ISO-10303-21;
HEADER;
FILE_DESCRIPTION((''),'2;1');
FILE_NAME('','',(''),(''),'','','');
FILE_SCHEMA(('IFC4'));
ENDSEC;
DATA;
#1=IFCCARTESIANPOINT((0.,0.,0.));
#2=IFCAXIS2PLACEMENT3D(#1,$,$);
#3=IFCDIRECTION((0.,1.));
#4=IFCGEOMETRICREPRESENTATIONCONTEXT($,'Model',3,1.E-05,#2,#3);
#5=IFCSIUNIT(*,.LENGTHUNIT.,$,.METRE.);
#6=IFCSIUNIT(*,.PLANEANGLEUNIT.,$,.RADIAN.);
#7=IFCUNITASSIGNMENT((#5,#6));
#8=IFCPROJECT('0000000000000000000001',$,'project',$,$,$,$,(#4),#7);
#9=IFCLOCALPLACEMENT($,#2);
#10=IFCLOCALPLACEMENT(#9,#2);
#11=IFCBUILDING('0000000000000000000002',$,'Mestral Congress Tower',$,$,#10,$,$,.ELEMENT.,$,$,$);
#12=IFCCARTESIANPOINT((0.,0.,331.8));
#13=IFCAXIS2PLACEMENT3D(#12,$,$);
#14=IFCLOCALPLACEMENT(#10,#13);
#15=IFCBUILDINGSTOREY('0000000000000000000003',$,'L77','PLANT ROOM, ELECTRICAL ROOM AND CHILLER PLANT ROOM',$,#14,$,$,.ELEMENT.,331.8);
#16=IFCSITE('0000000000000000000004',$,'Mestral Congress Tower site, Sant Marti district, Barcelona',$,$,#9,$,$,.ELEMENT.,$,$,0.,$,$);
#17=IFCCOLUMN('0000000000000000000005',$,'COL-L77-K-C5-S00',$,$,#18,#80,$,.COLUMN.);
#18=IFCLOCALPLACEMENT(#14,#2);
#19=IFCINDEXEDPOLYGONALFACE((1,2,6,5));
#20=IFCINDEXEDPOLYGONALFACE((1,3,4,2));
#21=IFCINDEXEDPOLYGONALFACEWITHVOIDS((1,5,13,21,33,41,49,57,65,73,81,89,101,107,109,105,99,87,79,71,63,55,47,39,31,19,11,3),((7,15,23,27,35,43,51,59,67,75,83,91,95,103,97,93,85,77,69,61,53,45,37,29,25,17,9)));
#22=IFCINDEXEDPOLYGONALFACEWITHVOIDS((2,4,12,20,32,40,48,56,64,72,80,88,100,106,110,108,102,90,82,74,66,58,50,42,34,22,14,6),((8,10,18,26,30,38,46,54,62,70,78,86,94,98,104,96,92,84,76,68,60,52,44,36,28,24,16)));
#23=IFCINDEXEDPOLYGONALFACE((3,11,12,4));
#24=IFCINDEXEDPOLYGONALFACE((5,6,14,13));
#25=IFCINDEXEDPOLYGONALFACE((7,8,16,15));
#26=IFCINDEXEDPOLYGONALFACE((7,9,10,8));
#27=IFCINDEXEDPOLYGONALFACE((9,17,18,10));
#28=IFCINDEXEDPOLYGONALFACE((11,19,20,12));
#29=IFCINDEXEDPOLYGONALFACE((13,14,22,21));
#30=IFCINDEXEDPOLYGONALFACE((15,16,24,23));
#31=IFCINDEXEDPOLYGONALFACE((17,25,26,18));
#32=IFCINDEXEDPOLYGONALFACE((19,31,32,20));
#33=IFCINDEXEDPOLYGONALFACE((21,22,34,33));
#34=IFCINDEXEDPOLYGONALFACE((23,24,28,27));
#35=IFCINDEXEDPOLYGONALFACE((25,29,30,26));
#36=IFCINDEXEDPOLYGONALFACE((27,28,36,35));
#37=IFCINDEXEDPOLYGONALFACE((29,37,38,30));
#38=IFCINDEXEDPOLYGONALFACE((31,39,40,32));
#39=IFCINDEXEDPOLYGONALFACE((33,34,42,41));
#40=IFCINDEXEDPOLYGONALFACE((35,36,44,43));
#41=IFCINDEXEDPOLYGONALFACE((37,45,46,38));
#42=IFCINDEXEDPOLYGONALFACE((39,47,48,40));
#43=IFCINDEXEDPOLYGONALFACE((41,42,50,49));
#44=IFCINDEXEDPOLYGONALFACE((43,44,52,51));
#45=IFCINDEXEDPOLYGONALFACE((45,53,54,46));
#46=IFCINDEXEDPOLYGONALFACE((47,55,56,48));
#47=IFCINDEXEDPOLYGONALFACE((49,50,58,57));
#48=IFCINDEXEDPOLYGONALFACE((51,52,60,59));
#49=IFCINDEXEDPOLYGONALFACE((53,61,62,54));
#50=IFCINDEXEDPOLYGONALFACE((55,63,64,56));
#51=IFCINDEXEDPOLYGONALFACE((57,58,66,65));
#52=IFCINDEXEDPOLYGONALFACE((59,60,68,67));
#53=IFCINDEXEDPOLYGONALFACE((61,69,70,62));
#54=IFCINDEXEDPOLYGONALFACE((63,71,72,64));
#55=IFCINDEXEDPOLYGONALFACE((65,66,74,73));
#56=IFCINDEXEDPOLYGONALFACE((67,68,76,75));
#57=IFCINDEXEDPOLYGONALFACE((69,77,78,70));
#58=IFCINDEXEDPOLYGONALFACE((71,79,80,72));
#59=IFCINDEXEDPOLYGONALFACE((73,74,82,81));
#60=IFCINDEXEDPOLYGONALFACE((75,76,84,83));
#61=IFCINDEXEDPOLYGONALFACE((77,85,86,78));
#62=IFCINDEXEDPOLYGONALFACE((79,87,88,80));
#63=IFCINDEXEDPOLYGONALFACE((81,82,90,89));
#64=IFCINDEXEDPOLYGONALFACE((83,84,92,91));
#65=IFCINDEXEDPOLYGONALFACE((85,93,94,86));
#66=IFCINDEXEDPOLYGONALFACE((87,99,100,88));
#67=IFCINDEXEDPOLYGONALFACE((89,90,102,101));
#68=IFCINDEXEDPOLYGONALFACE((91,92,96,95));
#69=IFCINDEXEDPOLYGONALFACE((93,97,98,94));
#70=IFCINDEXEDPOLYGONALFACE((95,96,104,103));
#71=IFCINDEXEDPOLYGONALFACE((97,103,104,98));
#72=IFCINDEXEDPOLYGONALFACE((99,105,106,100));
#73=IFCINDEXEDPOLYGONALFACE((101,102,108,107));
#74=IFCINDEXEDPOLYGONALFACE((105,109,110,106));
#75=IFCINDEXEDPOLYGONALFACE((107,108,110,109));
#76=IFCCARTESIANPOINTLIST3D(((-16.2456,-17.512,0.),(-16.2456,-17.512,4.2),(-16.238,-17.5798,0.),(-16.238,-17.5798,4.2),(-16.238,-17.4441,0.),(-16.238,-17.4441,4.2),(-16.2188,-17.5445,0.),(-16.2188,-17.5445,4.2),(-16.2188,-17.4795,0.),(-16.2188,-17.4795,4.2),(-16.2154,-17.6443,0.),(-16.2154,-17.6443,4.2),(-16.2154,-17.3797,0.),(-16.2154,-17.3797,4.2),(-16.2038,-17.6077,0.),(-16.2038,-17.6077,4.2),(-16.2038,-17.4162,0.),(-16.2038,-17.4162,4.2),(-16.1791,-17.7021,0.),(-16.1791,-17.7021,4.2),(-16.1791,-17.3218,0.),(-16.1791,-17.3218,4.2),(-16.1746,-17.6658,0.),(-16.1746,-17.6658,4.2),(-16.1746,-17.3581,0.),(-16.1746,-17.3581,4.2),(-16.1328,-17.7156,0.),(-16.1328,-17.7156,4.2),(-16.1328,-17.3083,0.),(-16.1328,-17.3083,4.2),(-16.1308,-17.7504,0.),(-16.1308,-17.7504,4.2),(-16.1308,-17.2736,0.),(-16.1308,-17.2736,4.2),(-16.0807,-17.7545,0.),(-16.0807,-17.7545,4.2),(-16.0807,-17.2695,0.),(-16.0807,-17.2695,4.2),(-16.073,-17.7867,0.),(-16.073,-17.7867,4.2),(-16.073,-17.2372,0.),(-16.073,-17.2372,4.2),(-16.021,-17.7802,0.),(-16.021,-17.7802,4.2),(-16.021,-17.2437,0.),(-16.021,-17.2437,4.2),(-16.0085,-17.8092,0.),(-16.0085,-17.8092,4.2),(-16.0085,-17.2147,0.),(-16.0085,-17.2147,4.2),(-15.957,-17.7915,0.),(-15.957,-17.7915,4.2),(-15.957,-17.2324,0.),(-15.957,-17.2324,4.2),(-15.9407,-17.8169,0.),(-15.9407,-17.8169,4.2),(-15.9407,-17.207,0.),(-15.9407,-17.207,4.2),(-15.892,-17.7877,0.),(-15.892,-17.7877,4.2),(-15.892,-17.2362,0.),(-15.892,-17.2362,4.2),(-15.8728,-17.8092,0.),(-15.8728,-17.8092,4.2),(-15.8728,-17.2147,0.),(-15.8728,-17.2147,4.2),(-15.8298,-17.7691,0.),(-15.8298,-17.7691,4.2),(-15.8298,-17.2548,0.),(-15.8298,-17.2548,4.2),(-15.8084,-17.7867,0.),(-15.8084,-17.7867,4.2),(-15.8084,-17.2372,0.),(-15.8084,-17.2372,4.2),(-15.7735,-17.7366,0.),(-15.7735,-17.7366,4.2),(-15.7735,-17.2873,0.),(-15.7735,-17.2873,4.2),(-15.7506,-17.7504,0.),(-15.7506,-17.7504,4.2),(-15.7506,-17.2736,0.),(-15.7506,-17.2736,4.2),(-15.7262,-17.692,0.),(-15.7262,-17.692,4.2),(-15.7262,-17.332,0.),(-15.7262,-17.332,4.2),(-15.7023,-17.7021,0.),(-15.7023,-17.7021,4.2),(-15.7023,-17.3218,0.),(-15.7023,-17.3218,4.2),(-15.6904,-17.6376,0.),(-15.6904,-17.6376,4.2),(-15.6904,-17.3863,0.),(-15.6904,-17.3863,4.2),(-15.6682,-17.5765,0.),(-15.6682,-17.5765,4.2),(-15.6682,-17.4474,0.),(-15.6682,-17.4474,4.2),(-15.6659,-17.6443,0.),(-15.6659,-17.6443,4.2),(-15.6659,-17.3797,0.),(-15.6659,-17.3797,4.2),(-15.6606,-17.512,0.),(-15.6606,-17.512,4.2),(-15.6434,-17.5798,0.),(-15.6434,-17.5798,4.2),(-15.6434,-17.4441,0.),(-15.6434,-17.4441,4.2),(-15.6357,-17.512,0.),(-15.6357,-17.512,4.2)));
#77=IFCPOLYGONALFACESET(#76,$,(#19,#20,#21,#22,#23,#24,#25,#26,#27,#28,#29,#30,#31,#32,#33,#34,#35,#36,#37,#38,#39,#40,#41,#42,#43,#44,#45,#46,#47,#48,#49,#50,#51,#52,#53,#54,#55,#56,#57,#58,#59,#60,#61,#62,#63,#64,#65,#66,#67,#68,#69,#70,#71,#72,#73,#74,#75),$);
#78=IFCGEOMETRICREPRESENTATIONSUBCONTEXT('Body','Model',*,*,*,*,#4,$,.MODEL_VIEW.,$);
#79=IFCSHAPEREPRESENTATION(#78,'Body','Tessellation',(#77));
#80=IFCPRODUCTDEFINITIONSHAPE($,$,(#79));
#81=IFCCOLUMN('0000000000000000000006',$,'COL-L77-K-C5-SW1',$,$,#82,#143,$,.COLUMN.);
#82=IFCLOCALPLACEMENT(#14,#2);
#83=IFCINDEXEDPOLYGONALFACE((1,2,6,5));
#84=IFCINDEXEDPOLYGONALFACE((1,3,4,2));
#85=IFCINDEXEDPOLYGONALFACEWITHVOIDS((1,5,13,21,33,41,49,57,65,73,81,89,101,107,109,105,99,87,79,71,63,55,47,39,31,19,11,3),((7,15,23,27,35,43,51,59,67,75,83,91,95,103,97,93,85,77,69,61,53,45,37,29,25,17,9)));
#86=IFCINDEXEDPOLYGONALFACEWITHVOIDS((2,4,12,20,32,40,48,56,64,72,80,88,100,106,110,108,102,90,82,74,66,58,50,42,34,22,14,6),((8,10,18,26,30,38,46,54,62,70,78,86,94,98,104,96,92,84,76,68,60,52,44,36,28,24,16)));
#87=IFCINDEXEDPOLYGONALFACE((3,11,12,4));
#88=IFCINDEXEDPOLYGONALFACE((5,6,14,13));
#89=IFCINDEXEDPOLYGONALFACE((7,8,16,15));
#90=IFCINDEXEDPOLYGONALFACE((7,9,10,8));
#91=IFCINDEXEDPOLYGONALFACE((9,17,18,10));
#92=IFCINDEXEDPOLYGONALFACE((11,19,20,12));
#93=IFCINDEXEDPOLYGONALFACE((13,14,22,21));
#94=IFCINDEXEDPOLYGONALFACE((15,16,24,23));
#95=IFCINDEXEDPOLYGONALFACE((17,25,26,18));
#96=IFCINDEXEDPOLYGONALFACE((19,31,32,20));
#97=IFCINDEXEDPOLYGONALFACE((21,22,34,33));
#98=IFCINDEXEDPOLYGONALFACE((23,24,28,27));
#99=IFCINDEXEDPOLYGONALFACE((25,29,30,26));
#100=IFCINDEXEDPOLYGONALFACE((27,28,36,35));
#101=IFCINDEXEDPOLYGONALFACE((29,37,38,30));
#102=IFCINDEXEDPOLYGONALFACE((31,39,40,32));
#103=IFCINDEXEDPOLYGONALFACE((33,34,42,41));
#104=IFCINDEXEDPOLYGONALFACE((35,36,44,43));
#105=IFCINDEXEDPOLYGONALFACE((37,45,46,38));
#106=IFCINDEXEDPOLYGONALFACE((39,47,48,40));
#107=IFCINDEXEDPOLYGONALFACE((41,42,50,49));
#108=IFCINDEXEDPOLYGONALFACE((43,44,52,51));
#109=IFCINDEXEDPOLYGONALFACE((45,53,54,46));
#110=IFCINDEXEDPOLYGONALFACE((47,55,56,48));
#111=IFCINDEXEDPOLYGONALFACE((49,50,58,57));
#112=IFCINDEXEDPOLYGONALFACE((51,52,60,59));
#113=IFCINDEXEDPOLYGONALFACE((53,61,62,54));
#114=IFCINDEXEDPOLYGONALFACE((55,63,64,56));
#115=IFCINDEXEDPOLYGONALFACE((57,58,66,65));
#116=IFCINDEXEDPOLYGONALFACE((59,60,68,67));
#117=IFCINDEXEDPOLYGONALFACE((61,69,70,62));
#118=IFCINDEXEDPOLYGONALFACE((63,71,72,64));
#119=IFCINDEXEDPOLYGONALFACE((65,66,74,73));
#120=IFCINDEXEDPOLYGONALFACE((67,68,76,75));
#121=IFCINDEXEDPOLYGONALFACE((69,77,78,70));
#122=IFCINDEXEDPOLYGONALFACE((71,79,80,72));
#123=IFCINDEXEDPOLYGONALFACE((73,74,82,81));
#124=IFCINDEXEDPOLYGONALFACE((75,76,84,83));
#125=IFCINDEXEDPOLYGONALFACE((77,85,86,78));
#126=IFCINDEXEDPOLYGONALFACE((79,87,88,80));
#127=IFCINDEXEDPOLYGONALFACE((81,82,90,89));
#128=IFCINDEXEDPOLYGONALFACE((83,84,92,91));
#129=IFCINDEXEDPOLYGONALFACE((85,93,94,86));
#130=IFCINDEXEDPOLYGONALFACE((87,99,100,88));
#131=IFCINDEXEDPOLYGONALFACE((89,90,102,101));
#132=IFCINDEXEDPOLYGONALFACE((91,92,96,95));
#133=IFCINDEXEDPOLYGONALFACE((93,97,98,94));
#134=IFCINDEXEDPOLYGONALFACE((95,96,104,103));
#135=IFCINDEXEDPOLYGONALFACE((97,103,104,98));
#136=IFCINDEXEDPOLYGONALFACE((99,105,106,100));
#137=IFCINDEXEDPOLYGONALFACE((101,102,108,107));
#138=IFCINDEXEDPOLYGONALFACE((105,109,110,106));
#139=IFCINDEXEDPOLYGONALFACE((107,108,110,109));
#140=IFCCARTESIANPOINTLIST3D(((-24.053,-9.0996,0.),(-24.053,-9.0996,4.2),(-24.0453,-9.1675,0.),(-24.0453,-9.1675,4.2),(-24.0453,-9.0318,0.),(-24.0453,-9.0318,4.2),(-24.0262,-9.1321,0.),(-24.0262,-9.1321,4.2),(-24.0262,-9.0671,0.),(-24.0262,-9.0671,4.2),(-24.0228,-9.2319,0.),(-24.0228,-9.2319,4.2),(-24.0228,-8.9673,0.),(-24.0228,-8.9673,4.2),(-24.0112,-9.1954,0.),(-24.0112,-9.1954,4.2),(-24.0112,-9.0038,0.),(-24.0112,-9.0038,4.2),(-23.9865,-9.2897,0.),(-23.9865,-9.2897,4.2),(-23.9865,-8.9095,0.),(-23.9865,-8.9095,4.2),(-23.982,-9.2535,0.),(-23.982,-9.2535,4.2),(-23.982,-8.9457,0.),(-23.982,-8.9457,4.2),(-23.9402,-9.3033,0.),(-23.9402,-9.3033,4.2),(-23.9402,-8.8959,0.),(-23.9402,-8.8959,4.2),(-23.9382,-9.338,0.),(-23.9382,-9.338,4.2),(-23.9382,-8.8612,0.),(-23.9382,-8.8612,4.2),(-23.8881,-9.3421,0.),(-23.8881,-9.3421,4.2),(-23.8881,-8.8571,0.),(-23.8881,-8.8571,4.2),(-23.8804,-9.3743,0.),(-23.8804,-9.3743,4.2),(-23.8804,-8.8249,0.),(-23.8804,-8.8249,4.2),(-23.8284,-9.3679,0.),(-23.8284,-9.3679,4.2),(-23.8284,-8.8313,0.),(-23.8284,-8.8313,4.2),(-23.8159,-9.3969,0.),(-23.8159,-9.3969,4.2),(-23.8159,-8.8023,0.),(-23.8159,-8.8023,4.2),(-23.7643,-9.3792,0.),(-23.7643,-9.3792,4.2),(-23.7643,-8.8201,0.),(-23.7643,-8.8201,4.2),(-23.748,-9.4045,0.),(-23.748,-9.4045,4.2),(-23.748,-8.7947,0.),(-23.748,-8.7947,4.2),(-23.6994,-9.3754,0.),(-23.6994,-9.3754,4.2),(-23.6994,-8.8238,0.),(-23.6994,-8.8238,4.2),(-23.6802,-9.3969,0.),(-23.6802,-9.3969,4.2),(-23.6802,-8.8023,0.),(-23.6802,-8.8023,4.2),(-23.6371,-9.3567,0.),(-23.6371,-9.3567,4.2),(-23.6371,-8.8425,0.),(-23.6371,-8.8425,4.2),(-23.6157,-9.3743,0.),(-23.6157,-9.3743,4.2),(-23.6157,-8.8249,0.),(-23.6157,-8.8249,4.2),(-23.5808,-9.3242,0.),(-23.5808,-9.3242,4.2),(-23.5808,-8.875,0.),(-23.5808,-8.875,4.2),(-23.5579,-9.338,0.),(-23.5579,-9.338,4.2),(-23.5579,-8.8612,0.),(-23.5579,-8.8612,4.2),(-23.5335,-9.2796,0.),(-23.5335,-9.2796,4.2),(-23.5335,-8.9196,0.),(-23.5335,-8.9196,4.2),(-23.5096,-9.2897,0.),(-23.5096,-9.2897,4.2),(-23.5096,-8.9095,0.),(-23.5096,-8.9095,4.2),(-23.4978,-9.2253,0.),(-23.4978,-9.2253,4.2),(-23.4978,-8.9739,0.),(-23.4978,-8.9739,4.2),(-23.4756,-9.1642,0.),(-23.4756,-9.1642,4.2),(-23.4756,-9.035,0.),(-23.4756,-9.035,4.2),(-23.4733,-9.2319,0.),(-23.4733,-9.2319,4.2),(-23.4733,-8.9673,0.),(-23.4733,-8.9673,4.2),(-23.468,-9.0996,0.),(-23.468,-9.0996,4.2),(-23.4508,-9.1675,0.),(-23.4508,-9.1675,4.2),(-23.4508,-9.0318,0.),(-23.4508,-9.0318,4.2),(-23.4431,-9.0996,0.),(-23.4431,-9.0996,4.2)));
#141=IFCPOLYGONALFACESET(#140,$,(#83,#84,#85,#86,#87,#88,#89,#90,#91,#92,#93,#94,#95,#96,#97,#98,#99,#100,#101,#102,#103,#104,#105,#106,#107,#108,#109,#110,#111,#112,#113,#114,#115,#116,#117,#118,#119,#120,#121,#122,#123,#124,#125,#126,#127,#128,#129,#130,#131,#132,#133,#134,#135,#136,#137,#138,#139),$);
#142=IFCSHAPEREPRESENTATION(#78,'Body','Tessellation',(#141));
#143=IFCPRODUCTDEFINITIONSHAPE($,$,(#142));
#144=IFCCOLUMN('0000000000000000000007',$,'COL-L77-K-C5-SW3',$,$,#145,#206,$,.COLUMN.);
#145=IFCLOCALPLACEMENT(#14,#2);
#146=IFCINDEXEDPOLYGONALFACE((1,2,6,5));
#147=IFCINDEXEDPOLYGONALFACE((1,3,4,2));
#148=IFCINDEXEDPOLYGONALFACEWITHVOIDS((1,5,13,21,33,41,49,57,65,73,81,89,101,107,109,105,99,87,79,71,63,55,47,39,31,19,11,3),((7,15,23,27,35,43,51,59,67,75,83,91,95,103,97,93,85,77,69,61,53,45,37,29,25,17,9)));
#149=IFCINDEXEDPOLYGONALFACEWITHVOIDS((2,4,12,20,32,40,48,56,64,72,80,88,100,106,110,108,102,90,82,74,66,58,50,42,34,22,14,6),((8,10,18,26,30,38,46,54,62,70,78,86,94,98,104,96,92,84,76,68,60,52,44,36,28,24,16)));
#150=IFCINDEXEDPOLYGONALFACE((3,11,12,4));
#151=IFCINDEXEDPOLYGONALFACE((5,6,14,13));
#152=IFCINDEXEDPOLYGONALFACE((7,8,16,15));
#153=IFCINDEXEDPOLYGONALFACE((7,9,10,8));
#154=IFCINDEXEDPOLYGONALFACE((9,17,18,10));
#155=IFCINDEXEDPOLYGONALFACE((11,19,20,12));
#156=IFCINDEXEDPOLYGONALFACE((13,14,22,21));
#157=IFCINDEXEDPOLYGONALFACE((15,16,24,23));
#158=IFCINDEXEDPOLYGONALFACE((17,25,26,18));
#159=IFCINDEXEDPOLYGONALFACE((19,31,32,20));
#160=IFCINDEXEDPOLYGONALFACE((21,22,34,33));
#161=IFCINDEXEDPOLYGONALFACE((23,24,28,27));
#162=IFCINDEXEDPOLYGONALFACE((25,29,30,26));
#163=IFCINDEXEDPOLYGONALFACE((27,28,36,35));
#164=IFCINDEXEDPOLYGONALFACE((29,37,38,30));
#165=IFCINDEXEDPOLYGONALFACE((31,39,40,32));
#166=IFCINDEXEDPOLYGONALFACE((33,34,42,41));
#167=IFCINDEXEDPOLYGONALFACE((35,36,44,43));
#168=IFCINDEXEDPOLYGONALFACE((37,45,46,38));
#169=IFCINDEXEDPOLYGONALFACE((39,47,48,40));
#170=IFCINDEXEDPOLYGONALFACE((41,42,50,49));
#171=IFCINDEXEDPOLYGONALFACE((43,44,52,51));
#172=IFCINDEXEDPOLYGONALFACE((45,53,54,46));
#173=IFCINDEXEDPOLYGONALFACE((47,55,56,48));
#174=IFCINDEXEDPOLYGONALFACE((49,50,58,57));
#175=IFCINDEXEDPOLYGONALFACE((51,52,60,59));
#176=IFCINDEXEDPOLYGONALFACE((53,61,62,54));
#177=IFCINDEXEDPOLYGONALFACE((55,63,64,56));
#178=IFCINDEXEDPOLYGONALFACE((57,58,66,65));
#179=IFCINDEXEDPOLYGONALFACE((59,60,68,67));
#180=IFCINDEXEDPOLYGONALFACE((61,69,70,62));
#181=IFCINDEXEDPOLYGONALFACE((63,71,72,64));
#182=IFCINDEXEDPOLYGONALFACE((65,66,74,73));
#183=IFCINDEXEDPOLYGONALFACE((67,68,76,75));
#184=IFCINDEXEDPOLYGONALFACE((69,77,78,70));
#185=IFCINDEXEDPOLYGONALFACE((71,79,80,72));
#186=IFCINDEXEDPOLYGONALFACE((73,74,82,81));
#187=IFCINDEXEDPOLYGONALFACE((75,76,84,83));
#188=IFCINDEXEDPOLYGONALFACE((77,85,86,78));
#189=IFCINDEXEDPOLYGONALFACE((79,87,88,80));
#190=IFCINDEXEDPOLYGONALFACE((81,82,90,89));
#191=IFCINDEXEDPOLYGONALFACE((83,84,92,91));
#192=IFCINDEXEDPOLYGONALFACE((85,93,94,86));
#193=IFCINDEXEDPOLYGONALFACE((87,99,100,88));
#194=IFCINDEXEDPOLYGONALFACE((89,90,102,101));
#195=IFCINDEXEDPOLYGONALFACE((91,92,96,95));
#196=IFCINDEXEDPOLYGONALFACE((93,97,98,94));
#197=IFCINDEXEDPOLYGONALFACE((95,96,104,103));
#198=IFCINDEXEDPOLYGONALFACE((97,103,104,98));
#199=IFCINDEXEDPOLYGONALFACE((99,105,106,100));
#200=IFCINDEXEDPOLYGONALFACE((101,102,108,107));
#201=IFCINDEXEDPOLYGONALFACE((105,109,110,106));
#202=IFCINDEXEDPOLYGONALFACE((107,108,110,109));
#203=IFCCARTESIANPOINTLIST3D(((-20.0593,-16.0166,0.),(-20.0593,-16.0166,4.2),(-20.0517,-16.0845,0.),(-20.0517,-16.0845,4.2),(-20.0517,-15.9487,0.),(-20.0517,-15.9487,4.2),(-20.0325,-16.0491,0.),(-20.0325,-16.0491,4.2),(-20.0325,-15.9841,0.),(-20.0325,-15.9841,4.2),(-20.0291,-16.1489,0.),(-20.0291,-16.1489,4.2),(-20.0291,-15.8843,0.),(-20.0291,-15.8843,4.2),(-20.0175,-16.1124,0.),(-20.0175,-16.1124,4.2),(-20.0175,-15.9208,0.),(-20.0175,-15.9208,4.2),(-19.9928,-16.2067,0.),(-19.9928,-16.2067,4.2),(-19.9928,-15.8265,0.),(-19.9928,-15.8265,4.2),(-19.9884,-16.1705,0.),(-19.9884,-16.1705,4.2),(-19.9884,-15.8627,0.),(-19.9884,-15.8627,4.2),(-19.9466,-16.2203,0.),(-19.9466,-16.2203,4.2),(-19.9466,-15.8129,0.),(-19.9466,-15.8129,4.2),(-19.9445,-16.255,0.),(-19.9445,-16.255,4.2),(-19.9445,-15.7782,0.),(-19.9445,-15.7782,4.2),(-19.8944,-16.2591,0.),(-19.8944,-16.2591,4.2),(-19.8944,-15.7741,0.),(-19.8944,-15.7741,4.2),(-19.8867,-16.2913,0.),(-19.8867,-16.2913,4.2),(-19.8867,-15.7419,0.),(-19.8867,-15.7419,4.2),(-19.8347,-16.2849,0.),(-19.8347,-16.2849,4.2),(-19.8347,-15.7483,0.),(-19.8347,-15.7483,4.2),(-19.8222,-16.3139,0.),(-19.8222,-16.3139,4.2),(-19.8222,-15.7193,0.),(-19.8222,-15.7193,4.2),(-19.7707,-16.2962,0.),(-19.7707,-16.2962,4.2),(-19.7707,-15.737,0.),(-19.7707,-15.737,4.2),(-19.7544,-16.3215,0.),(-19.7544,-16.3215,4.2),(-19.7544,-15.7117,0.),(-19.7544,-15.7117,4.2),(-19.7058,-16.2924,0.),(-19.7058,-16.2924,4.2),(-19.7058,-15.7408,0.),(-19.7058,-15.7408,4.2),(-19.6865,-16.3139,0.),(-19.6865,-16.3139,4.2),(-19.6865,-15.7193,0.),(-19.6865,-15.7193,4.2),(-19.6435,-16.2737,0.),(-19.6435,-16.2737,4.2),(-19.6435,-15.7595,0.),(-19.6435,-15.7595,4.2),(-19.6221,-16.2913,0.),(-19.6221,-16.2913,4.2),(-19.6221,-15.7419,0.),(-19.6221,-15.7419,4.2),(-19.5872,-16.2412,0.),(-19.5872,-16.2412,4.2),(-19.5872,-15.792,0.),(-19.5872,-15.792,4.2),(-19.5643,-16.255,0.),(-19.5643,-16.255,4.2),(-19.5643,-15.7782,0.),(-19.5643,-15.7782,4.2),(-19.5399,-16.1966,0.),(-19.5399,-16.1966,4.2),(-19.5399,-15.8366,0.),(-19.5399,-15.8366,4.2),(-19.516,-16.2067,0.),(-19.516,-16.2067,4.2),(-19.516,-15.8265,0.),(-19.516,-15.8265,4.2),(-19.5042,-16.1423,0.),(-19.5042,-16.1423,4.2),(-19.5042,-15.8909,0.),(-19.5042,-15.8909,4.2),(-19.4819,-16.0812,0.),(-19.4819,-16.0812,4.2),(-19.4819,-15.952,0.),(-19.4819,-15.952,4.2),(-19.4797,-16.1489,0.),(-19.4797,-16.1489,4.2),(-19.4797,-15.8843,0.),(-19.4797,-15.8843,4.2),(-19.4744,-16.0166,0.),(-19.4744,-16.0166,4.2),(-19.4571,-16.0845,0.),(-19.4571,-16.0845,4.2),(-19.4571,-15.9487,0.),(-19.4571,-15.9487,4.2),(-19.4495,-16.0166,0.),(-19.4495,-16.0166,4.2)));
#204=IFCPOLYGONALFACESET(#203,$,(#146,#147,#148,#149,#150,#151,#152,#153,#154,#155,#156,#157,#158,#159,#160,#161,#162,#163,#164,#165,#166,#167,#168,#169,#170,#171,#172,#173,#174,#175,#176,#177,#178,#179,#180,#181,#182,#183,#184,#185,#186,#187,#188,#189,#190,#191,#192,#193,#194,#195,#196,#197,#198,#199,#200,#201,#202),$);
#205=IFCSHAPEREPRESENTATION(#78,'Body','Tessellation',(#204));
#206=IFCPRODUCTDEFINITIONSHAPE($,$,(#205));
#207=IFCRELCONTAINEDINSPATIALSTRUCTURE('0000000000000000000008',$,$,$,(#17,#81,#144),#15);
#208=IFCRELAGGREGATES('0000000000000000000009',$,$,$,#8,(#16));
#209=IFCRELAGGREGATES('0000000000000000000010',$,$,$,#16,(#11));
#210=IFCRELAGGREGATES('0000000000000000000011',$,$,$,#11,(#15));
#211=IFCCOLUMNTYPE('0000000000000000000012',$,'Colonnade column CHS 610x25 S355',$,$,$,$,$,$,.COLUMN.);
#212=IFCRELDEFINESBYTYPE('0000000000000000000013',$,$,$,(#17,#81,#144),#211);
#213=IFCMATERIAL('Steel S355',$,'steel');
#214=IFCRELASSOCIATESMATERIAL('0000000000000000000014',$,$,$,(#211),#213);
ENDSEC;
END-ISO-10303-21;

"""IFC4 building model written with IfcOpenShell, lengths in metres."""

from ifc_helpers import new_model, si_unit, direction, frame, origin, origin_2d, place, context, subcontext, project, spatial, hollow_circle, extrude, material, material_profile, profile_set, type_object, element, save


model = new_model("IFC4")

# Units and contexts
model_context = context("Model", 3, precision=1e-05, world=origin(), true_north=direction((0.0, 1.0)))
body_context = subcontext(model_context, "Body", "Model", "MODEL_VIEW")
ifc_project = project(units=[si_unit("LENGTHUNIT", "METRE"), si_unit("PLANEANGLEUNIT", "RADIAN")], contexts=[model_context])

# Site, building, storey
site_placement = place(None, origin())
site = spatial("IfcSite", under=ifc_project, at=site_placement, Name="Mestral Congress Tower site, Sant Marti district, Barcelona", CompositionType="ELEMENT", RefElevation=0.0)
building_placement = place(site_placement, origin())
building = spatial("IfcBuilding", under=site, at=building_placement, Name="Mestral Congress Tower", CompositionType="ELEMENT")
storey_placement = place(building_placement, frame((0.0, 0.0, 331.8)))
storey = spatial("IfcBuildingStorey", under=building, at=storey_placement, Name="L77", Description="PLANT ROOM, ELECTRICAL ROOM AND CHILLER PLANT ROOM", CompositionType="ELEMENT", Elevation=331.8)

# Columns
ifc_material_1 = material(Name="Steel S355", Category="steel")
ifc_material_profile_1 = material_profile(ifc_material_1, hollow_circle(Radius=0.3049, WallThickness=0.0249, at=origin_2d()), Name="CHS 610x25")
ifc_profile_set_1 = profile_set([ifc_material_profile_1], Name="Steel S355")
column_type_1 = type_object("IfcColumnType", Name="Colonnade column CHS 610x25 S355", PredefinedType="COLUMN", material=ifc_profile_set_1)
for number, where, z_axis, x_axis, name in (
    (1, (-15.9407, -17.512, 0.0), (0.0, 0.0, 1.0), (1.0, 0.0, 0.0), "COL-L77-K-C5-S00"),
    (2, (-23.748, -9.0996, 0.0), (0.0, 0.0, 1.0), (1.0, 0.0, 0.0), "COL-L77-K-C5-SW1"),
    (3, (-19.7544, -16.0166, 0.0), (0.0, 0.0, 1.0), (1.0, 0.0, 0.0), "COL-L77-K-C5-SW3"),
):
    element("IfcColumn", number, at=place(storey_placement, frame(where, z_axis=z_axis, x_axis=x_axis)), inside=storey, type_object=column_type_1, Name=name, PredefinedType="COLUMN", context=body_context, shape_type="SweptSolid", body=[
        extrude(hollow_circle(Radius=0.3049, WallThickness=0.0249, at=origin_2d()), origin(), (0.0, 0.0, 1.0), 4.2),
    ])

save(model, "model.ifc")
